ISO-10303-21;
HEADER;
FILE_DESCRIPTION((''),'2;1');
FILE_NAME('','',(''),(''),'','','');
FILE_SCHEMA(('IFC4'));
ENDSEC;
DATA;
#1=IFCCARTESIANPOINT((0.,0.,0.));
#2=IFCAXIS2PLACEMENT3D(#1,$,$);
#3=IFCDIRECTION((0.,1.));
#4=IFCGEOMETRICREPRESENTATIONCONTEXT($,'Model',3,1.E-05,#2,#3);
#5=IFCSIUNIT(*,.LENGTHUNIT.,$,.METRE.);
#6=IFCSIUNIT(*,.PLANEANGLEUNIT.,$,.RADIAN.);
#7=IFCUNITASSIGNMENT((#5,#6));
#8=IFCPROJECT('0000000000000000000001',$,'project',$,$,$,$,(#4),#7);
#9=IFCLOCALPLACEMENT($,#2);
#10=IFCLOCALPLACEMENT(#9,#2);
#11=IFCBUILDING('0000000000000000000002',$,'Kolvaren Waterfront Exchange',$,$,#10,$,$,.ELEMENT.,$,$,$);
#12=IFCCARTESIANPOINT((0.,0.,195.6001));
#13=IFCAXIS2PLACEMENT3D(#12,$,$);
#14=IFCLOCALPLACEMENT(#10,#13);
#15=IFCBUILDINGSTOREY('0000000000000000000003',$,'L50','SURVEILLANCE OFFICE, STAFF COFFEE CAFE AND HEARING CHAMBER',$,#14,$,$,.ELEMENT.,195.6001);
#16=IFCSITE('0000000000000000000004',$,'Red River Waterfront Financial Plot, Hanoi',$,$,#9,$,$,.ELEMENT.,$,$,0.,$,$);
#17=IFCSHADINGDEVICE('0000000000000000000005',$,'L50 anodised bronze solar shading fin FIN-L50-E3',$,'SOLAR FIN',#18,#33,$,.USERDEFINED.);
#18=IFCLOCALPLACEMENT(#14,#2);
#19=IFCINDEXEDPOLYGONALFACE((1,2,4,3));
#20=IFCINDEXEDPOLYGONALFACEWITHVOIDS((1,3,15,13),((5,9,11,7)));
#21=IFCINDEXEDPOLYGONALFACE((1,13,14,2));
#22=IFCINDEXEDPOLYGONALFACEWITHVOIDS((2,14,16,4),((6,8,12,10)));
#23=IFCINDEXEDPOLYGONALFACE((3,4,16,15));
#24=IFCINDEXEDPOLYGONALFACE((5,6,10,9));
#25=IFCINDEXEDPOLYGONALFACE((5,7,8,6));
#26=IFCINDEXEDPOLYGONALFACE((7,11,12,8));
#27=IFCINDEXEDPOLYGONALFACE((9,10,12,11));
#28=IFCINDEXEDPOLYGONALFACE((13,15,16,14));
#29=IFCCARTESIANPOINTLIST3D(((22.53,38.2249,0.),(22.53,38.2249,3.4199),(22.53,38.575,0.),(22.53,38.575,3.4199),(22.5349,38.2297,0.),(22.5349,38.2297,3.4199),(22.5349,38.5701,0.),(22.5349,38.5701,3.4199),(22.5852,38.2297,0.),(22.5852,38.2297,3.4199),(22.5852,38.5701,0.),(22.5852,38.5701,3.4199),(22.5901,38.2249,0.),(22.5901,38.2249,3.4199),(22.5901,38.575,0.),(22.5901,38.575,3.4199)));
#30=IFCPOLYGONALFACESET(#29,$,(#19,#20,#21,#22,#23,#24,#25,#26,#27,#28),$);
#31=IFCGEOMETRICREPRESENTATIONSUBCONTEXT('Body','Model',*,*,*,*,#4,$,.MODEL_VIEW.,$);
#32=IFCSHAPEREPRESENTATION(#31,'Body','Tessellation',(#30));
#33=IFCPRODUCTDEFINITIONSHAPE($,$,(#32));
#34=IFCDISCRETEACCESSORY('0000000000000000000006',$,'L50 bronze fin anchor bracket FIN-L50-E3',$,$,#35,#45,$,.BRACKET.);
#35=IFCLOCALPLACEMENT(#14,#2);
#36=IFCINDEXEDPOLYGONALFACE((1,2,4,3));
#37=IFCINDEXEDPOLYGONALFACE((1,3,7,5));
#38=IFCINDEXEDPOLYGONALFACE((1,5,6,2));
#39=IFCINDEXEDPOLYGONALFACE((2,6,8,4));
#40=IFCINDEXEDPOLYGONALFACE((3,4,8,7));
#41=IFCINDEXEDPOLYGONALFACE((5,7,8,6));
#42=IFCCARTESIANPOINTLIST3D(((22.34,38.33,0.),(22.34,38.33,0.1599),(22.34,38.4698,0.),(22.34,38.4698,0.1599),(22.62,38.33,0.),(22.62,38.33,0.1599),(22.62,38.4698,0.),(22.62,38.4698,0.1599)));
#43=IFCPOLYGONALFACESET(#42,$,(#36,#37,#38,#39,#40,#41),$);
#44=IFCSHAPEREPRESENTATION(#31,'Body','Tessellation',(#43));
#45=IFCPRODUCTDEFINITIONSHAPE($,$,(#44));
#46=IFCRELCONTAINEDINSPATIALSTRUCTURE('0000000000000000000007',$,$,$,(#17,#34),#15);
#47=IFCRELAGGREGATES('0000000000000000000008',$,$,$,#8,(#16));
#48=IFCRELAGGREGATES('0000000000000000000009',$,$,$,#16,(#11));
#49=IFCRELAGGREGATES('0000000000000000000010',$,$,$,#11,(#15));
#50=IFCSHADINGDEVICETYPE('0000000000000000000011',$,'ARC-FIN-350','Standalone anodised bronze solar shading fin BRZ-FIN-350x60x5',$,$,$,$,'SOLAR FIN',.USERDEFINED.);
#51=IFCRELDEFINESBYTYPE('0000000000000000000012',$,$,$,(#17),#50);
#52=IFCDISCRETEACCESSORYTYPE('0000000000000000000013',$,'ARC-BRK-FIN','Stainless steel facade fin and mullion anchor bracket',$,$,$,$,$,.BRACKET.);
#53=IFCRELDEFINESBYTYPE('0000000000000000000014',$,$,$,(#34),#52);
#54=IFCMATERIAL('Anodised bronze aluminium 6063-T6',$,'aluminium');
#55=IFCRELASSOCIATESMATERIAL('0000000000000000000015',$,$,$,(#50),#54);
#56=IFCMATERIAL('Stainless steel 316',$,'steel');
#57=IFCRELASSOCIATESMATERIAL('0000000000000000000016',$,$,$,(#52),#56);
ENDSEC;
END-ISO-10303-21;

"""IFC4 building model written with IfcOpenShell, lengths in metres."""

from ifc_helpers import new_model, si_unit, direction, frame, origin, origin_with_axes, origin_2d, place, context, subcontext, project, spatial, rectangle, hollow_rectangle, extrude, source, transform, mapped, material, material_profile, profile_set, type_object, element, save


model = new_model("IFC4")

# Units and contexts
model_context = context("Model", 3, precision=1e-05, world=origin(), true_north=direction((0.0, 1.0)))
body_context = subcontext(model_context, "Body", "Model", "MODEL_VIEW")
ifc_project = project(units=[si_unit("LENGTHUNIT", "METRE"), si_unit("PLANEANGLEUNIT", "RADIAN")], contexts=[model_context])

# Site, building, storey
site_placement = place(None, origin())
site = spatial("IfcSite", under=ifc_project, at=site_placement, Name="Red River Waterfront Financial Plot, Hanoi", CompositionType="ELEMENT", RefElevation=0.0)
building_placement = place(site_placement, origin())
building = spatial("IfcBuilding", under=site, at=building_placement, Name="Kolvaren Waterfront Exchange", CompositionType="ELEMENT")
storey_placement = place(building_placement, frame((0.0, 0.0, 195.6001)))
storey = spatial("IfcBuildingStorey", under=building, at=storey_placement, Name="L50", Description="SURVEILLANCE OFFICE, STAFF COFFEE CAFE AND HEARING CHAMBER", CompositionType="ELEMENT", Elevation=195.6001)

# Shared definitions
ifc_material_1 = material(Name="Anodised bronze aluminium 6063-T6", Category="aluminium")

# Shading device
ifc_material_profile_1 = material_profile(ifc_material_1, hollow_rectangle(XDim=0.0601, YDim=0.3501, WallThickness=0.0049, at=origin_2d()), Name="BRZ-FIN-350x60x5")
ifc_profile_set_1 = profile_set([ifc_material_profile_1], Name="Anodised bronze aluminium 6063-T6")
shading_device_type = type_object("IfcShadingDeviceType", Name="ARC-FIN-350", Description="Standalone anodised bronze solar shading fin BRZ-FIN-350x60x5", ElementType="SOLAR FIN", PredefinedType="USERDEFINED", material=ifc_profile_set_1)
shading_device_placement = place(storey_placement, frame((22.5601, 38.3999, 0.0), z_axis=(0.0, 0.0, 1.0), x_axis=(1.0, 0.0, 0.0)))
element("IfcShadingDevice", 1, at=shading_device_placement, inside=storey, type_object=shading_device_type, Name="L50 anodised bronze solar shading fin FIN-L50-E3", ObjectType="SOLAR FIN", PredefinedType="USERDEFINED", context=body_context, shape_type="SweptSolid", body=[
    extrude(hollow_rectangle(XDim=0.0601, YDim=0.3501, WallThickness=0.0049, at=origin_2d()), origin(), (0.0, 0.0, 1.0), 3.4199),
])

# Discrete accessory
ifc_material_2 = material(Name="Stainless steel 316", Category="steel")
discrete_accessory_type = type_object("IfcDiscreteAccessoryType", Name="ARC-BRK-FIN", Description="Stainless steel facade fin and mullion anchor bracket", PredefinedType="BRACKET", material=ifc_material_2)
shared_shape_1 = source(origin_with_axes(), body_context, "Body", "SweptSolid", [
    extrude(rectangle(XDim=0.28, YDim=0.1399, at=origin_2d()), origin(), (0.0, 0.0, 1.0), 0.1599),
])
discrete_accessory_placement = place(storey_placement, frame((22.48, 38.3999, 0.0), z_axis=(0.0, 0.0, 1.0), x_axis=(1.0, 0.0, 0.0)))
element("IfcDiscreteAccessory", 2, at=discrete_accessory_placement, inside=storey, type_object=discrete_accessory_type, Name="L50 bronze fin anchor bracket FIN-L50-E3", PredefinedType="BRACKET", context=body_context, shape_type="MappedRepresentation", body=[
    mapped(shared_shape_1, transform((0.0, 0.0, 0.0), x_axis=(1.0, 0.0, 0.0), y_axis=(0.0, 1.0, 0.0), z_axis=(0.0, 0.0, 1.0), scale=1.0)),
])

save(model, "model.ifc")
